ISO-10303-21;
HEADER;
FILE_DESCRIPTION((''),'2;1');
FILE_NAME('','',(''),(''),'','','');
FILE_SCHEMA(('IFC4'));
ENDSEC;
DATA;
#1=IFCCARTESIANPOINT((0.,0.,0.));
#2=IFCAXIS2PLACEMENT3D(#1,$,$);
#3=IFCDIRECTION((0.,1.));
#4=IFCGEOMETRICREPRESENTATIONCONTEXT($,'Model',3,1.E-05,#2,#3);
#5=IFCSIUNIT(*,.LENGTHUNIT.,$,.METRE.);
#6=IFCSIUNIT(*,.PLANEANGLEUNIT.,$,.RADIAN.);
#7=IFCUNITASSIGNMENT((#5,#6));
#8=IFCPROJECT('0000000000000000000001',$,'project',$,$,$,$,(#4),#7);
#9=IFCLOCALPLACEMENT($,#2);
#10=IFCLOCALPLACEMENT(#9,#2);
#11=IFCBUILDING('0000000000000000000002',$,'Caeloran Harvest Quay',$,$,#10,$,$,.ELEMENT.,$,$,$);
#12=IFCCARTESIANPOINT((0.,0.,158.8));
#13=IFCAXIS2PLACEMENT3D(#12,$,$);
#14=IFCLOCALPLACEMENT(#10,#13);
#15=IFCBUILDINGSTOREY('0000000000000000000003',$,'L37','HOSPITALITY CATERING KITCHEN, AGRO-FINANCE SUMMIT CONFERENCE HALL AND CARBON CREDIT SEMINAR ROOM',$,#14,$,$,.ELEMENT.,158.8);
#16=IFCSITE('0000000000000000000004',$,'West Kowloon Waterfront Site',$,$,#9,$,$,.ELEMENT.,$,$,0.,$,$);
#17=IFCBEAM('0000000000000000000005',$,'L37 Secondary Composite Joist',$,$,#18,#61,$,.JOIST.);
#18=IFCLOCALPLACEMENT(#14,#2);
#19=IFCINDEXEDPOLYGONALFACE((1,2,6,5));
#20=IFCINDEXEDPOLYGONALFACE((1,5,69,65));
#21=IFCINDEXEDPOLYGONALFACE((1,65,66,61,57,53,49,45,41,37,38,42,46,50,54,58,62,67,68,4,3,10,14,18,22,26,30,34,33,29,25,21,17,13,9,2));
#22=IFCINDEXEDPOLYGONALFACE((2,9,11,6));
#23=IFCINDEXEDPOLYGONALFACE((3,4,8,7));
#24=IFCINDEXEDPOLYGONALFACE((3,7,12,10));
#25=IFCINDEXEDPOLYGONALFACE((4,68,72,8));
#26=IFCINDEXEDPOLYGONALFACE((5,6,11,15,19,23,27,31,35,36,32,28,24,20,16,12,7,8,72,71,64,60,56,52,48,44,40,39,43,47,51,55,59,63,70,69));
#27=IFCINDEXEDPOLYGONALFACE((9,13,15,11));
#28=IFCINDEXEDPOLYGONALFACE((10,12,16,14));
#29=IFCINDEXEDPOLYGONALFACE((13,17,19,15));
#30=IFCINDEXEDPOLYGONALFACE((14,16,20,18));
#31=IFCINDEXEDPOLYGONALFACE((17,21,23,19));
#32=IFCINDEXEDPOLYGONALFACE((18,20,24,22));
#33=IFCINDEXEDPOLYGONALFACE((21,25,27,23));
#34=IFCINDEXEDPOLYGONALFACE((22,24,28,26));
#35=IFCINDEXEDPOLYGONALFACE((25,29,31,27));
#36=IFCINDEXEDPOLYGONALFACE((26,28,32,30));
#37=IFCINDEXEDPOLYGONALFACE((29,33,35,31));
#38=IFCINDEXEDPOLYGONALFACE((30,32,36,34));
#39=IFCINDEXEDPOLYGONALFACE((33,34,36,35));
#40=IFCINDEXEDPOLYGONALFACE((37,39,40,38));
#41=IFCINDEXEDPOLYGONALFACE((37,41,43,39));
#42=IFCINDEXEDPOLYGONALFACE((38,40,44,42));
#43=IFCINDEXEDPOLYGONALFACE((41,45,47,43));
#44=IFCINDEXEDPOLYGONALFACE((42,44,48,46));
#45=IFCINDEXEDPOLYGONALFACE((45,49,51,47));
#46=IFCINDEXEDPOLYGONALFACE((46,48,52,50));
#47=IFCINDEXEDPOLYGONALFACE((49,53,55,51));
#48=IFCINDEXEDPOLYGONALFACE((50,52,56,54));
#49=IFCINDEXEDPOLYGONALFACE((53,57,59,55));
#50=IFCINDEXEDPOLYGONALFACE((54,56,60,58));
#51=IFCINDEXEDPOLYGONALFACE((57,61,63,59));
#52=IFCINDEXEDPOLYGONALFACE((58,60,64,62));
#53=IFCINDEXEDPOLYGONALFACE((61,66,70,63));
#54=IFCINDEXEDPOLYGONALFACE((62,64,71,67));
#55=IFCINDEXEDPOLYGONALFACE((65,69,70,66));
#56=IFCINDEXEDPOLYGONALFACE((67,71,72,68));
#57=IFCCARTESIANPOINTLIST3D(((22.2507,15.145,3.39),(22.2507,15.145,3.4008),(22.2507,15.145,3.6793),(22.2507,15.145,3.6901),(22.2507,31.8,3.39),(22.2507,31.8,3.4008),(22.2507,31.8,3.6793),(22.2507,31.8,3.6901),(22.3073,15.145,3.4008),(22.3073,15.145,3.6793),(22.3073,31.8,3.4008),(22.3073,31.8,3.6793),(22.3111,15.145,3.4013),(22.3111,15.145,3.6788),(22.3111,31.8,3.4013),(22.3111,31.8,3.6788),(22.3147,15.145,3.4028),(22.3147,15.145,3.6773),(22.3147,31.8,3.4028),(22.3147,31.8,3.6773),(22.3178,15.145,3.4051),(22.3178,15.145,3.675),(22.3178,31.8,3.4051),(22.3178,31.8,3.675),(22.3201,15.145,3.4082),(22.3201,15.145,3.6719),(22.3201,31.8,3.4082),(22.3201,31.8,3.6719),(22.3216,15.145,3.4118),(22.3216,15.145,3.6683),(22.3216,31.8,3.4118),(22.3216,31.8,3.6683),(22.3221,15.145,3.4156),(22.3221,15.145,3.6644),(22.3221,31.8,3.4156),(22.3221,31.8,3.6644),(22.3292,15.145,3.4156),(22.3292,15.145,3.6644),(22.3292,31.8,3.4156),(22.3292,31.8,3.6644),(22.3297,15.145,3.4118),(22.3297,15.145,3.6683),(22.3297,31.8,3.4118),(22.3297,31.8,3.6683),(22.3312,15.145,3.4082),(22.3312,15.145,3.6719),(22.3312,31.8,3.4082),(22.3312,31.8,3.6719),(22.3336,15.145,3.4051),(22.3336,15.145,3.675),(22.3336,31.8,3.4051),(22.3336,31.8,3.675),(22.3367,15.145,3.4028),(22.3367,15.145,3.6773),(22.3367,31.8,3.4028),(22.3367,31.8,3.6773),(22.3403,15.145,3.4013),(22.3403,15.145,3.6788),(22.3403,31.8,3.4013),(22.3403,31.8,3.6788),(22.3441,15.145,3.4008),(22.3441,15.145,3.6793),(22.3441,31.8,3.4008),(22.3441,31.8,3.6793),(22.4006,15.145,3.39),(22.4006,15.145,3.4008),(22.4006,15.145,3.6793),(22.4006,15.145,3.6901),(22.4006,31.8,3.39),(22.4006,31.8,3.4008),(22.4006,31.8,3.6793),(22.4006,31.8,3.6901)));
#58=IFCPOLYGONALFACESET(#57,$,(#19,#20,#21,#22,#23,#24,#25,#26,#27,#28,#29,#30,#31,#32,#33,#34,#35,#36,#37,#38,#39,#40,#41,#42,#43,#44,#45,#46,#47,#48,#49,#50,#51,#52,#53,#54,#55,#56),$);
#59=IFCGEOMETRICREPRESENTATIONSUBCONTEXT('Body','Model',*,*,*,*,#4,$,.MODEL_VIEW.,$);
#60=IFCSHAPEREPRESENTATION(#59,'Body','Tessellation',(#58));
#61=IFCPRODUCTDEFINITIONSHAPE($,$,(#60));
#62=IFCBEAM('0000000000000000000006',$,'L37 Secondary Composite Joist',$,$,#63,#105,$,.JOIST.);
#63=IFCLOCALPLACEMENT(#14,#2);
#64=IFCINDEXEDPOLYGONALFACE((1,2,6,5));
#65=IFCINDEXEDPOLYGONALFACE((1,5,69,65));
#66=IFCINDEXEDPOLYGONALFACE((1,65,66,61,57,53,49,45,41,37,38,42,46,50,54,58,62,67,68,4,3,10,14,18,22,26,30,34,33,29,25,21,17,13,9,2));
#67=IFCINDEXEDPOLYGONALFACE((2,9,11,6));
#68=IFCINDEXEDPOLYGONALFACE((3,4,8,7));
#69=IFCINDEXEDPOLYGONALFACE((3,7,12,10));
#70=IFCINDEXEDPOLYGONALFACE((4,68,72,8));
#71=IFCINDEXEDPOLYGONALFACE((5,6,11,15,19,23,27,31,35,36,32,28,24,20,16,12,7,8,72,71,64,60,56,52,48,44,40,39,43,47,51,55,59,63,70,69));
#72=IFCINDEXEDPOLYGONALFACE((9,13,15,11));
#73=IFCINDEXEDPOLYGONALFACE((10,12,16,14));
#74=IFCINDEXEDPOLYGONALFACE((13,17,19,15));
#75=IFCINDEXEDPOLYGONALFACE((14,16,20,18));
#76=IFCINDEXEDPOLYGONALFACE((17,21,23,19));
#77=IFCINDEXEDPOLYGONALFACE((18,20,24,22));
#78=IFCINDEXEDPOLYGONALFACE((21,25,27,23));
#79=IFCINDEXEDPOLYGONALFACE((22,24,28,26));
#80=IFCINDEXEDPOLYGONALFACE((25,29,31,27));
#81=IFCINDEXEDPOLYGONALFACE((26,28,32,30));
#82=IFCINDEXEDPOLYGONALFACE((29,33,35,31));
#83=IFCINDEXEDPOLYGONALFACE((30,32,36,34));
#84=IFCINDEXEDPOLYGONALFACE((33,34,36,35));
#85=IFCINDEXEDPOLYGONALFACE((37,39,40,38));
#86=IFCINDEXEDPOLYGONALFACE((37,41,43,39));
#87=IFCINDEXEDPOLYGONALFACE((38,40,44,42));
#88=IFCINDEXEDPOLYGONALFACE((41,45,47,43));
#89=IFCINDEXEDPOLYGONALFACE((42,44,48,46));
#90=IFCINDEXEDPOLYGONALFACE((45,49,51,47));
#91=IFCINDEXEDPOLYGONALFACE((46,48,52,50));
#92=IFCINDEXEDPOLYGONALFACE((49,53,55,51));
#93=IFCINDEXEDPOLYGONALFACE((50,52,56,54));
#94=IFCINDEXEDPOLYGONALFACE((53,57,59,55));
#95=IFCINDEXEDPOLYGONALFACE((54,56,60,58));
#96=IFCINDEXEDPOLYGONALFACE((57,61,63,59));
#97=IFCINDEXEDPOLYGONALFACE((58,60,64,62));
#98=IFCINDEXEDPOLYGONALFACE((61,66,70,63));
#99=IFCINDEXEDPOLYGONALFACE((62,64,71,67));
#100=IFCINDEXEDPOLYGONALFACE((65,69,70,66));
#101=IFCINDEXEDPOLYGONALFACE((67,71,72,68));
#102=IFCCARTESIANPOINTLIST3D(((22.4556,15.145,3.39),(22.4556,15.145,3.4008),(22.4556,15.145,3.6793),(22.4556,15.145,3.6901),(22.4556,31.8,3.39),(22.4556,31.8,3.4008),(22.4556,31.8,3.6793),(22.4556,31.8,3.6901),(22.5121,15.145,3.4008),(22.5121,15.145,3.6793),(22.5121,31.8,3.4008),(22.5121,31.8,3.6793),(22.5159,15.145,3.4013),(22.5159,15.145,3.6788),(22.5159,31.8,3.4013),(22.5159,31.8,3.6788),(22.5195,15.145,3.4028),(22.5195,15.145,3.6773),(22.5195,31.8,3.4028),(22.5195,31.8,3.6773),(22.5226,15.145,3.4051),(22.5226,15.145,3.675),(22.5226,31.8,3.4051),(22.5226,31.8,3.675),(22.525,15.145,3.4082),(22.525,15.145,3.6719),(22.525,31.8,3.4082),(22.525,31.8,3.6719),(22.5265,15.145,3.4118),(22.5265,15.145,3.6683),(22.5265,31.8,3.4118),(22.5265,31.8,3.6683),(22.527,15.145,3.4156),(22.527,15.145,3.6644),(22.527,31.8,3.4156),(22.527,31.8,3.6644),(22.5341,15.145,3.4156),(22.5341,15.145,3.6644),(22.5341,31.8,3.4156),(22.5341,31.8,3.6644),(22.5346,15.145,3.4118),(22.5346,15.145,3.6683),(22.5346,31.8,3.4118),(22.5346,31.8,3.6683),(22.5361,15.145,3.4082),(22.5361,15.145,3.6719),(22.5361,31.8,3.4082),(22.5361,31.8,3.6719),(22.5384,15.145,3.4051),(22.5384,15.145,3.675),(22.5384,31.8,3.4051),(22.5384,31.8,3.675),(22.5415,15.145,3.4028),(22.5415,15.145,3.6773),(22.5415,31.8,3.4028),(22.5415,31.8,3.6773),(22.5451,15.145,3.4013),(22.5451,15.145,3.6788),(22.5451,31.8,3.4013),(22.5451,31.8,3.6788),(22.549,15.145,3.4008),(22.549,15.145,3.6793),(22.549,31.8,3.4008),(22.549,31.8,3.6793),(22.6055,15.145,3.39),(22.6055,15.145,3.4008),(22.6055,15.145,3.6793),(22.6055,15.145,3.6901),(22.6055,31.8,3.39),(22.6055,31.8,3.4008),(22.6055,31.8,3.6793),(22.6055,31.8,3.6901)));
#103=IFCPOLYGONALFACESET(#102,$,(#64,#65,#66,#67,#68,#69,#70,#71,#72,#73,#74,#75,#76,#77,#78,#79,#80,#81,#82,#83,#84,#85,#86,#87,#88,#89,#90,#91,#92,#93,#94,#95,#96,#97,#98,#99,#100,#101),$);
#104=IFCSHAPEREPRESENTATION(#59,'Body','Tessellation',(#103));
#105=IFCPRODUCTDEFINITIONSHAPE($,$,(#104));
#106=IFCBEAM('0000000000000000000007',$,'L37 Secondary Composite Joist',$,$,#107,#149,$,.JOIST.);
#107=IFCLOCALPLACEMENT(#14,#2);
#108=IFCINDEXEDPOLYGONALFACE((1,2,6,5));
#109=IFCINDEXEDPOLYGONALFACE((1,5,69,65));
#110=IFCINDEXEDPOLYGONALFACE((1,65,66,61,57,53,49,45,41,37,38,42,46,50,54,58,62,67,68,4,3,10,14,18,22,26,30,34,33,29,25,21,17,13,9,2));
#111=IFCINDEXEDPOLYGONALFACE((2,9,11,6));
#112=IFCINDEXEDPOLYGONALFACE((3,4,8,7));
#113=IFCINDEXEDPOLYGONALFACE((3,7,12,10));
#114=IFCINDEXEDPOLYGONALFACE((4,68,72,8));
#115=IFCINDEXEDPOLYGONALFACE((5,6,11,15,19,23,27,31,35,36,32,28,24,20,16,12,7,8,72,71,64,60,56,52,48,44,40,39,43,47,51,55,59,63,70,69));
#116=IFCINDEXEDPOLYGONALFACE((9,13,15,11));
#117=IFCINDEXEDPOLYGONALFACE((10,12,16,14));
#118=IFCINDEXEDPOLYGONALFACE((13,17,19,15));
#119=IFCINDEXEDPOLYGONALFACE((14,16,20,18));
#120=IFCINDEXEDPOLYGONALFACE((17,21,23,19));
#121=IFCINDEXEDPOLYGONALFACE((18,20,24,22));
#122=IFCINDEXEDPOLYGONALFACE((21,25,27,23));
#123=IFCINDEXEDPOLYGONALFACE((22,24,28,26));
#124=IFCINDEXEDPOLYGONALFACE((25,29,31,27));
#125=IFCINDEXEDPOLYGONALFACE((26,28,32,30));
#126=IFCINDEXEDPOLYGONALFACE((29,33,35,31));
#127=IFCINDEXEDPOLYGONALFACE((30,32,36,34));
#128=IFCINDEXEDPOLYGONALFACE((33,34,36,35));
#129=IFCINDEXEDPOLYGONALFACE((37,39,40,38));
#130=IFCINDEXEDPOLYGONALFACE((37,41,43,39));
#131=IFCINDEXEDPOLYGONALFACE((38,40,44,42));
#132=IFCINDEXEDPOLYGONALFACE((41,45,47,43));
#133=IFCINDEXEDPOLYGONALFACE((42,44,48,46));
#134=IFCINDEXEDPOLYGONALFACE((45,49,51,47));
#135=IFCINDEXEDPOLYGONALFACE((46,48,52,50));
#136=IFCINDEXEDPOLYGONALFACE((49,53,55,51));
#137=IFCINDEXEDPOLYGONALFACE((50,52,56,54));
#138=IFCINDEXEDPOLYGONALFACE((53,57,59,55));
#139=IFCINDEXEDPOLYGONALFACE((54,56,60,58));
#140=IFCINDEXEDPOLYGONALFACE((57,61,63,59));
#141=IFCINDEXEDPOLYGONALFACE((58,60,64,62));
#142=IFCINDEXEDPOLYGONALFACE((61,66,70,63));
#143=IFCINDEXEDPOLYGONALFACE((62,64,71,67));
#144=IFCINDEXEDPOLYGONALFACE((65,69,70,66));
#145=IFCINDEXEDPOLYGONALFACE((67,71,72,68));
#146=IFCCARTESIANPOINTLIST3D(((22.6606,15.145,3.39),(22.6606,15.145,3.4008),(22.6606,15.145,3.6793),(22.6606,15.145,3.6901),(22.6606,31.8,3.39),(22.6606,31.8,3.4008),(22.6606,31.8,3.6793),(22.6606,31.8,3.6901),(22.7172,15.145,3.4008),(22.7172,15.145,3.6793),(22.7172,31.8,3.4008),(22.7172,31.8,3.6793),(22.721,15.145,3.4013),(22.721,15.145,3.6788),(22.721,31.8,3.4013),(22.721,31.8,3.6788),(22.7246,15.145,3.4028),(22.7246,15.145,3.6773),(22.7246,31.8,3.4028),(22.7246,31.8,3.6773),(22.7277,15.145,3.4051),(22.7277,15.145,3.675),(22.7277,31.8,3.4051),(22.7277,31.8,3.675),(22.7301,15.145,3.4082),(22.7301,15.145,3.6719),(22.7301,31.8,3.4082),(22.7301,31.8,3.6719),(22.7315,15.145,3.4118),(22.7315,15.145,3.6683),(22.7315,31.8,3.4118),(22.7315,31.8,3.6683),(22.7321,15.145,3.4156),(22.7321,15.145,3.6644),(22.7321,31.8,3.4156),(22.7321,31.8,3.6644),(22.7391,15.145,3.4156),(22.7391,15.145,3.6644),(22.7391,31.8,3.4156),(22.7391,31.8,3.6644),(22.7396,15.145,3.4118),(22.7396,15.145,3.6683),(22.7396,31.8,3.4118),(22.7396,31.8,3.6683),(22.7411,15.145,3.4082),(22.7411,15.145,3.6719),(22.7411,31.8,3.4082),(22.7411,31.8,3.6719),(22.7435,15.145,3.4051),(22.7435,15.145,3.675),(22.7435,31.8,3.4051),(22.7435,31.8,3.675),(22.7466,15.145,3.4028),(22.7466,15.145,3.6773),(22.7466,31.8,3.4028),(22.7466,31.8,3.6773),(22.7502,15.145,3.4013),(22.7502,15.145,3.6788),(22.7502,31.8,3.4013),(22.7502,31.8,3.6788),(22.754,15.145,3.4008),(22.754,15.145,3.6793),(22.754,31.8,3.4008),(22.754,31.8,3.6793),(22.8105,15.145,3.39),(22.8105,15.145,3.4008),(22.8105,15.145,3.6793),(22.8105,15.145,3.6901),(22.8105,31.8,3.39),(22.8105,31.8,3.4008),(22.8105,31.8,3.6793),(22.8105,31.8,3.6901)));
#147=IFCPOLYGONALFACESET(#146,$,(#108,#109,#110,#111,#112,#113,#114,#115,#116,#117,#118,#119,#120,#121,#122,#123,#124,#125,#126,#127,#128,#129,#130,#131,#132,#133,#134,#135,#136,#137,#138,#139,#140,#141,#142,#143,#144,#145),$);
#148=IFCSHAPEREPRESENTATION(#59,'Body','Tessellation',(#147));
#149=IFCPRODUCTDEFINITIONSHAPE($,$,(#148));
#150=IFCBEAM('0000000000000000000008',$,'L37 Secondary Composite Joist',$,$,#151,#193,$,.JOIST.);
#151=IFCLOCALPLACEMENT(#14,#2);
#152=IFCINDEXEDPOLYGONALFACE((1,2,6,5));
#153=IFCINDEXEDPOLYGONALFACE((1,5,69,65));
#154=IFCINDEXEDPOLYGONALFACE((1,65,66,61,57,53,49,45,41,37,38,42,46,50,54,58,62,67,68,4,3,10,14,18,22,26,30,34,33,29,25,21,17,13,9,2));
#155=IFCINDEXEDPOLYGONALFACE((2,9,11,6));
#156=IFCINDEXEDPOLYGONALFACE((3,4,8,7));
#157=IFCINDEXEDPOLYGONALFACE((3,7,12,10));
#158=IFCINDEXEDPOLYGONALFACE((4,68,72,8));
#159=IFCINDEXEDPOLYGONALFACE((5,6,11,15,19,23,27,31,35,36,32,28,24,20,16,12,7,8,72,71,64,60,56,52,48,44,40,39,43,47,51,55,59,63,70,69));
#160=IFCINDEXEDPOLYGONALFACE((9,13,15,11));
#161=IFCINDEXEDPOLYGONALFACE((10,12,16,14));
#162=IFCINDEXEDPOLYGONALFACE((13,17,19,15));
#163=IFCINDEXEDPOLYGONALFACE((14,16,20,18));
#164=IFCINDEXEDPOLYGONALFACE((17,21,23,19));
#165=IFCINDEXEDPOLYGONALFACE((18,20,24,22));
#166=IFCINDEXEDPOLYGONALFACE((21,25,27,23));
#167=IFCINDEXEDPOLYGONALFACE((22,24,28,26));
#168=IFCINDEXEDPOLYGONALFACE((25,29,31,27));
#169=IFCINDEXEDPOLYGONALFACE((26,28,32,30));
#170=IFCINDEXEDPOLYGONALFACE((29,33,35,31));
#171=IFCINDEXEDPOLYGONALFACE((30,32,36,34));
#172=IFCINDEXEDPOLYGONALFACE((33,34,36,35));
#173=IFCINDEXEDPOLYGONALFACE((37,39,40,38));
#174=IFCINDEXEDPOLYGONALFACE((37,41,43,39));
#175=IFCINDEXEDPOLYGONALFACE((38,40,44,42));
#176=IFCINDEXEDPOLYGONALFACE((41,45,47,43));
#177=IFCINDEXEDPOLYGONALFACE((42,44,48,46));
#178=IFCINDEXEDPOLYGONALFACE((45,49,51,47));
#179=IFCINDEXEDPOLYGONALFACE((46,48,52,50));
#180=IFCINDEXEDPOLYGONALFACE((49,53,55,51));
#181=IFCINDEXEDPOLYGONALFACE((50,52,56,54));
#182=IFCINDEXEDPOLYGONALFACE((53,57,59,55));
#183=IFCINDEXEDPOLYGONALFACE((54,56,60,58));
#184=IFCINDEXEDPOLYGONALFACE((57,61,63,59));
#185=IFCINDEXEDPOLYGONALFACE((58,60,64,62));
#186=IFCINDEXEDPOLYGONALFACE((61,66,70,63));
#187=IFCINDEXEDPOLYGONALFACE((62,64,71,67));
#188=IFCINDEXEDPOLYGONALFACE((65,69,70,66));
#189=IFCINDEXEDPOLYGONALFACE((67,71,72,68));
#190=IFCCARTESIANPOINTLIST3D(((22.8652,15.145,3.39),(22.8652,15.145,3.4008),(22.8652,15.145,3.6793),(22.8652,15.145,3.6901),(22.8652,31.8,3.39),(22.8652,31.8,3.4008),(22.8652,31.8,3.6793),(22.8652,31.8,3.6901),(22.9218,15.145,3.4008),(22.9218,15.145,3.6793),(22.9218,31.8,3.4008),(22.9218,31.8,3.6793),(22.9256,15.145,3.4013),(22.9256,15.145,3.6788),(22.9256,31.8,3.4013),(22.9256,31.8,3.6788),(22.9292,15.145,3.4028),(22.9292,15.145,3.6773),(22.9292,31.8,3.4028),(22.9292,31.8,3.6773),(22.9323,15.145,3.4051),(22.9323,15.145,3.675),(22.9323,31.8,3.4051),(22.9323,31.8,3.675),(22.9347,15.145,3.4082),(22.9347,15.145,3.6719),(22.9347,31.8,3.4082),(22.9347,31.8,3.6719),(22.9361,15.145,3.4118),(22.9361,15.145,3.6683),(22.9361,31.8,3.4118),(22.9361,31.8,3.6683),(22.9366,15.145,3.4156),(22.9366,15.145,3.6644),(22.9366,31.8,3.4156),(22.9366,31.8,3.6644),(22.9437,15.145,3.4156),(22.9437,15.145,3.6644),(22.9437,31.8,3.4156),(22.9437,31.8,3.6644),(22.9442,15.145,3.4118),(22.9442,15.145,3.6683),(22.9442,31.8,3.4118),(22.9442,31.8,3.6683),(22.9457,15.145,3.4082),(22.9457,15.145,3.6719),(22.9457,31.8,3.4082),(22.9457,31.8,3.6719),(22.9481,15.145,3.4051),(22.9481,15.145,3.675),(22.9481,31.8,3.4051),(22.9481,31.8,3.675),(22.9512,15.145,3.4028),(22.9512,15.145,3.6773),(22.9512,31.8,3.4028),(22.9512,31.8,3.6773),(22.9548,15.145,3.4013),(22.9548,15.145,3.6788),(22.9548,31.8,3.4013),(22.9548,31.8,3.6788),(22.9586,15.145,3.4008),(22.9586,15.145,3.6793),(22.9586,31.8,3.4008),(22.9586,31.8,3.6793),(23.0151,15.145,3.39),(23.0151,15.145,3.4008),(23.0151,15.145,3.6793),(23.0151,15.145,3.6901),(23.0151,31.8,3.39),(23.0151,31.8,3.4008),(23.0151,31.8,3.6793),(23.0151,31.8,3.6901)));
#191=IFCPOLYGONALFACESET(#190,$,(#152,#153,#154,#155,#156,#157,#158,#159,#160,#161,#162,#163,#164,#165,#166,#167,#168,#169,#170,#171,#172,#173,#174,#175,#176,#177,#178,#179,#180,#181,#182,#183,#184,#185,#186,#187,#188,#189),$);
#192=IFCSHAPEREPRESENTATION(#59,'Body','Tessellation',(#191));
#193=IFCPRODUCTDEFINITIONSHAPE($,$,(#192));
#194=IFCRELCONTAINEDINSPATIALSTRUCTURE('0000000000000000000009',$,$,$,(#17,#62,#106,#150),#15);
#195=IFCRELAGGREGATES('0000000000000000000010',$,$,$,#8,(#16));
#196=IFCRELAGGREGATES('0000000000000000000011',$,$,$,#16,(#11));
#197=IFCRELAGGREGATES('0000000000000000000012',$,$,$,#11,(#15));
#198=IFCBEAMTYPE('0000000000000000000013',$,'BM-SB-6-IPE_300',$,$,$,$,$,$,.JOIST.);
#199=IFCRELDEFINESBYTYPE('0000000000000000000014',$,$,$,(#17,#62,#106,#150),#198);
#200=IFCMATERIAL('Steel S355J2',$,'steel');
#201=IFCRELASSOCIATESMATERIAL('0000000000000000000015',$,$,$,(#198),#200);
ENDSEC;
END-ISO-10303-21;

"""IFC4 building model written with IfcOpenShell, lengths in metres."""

from ifc_helpers import new_model, si_unit, direction, frame, origin, origin_2d, place, context, subcontext, project, spatial, i_section, extrude, material, material_profile, profile_set, type_object, element, save


model = new_model("IFC4")

# Units and contexts
model_context = context("Model", 3, precision=1e-05, world=origin(), true_north=direction((0.0, 1.0)))
body_context = subcontext(model_context, "Body", "Model", "MODEL_VIEW")
ifc_project = project(units=[si_unit("LENGTHUNIT", "METRE"), si_unit("PLANEANGLEUNIT", "RADIAN")], contexts=[model_context])

# Site, building, storey
site_placement = place(None, origin())
site = spatial("IfcSite", under=ifc_project, at=site_placement, Name="West Kowloon Waterfront Site", CompositionType="ELEMENT", RefElevation=0.0)
building_placement = place(site_placement, origin())
building = spatial("IfcBuilding", under=site, at=building_placement, Name="Caeloran Harvest Quay", CompositionType="ELEMENT")
storey_placement = place(building_placement, frame((0.0, 0.0, 158.8)))
storey = spatial("IfcBuildingStorey", under=building, at=storey_placement, Name="L37", Description="HOSPITALITY CATERING KITCHEN, AGRO-FINANCE SUMMIT CONFERENCE HALL AND CARBON CREDIT SEMINAR ROOM", CompositionType="ELEMENT", Elevation=158.8)

# Beams
ifc_material_1 = material(Name="Steel S355J2", Category="steel")
ifc_material_profile_1 = material_profile(ifc_material_1, i_section(OverallWidth=0.1499, OverallDepth=0.3, WebThickness=0.0071, FlangeThickness=0.0107, FilletRadius=0.0149, at=origin_2d()), Name="IPE 300")
ifc_profile_set_1 = profile_set([ifc_material_profile_1], Name="Steel S355J2")
beam_type_1 = type_object("IfcBeamType", Name="BM-SB-6-IPE_300", PredefinedType="JOIST", material=ifc_profile_set_1)
for number, where, z_axis, x_axis, name in (
    (1, (22.3257, 15.145, 3.54), (0.0, 1.0, 0.0), (-1.0, 0.0, 0.0), "L37 Secondary Composite Joist"),
    (2, (22.5305, 15.145, 3.54), (0.0, 1.0, 0.0), (-1.0, 0.0, 0.0), "L37 Secondary Composite Joist"),
    (3, (22.7356, 15.145, 3.54), (0.0, 1.0, 0.0), (-1.0, 0.0, 0.0), "L37 Secondary Composite Joist"),
    (4, (22.9402, 15.145, 3.54), (0.0, 1.0, 0.0), (-1.0, 0.0, 0.0), "L37 Secondary Composite Joist"),
):
    element("IfcBeam", number, at=place(storey_placement, frame(where, z_axis=z_axis, x_axis=x_axis)), inside=storey, type_object=beam_type_1, Name=name, PredefinedType="JOIST", context=body_context, shape_type="SweptSolid", body=[
        extrude(i_section(OverallWidth=0.1499, OverallDepth=0.3, WebThickness=0.0071, FlangeThickness=0.0107, FilletRadius=0.0149, at=origin_2d()), origin(), (0.0, 0.0, 1.0), 16.655),
    ])

save(model, "model.ifc")
